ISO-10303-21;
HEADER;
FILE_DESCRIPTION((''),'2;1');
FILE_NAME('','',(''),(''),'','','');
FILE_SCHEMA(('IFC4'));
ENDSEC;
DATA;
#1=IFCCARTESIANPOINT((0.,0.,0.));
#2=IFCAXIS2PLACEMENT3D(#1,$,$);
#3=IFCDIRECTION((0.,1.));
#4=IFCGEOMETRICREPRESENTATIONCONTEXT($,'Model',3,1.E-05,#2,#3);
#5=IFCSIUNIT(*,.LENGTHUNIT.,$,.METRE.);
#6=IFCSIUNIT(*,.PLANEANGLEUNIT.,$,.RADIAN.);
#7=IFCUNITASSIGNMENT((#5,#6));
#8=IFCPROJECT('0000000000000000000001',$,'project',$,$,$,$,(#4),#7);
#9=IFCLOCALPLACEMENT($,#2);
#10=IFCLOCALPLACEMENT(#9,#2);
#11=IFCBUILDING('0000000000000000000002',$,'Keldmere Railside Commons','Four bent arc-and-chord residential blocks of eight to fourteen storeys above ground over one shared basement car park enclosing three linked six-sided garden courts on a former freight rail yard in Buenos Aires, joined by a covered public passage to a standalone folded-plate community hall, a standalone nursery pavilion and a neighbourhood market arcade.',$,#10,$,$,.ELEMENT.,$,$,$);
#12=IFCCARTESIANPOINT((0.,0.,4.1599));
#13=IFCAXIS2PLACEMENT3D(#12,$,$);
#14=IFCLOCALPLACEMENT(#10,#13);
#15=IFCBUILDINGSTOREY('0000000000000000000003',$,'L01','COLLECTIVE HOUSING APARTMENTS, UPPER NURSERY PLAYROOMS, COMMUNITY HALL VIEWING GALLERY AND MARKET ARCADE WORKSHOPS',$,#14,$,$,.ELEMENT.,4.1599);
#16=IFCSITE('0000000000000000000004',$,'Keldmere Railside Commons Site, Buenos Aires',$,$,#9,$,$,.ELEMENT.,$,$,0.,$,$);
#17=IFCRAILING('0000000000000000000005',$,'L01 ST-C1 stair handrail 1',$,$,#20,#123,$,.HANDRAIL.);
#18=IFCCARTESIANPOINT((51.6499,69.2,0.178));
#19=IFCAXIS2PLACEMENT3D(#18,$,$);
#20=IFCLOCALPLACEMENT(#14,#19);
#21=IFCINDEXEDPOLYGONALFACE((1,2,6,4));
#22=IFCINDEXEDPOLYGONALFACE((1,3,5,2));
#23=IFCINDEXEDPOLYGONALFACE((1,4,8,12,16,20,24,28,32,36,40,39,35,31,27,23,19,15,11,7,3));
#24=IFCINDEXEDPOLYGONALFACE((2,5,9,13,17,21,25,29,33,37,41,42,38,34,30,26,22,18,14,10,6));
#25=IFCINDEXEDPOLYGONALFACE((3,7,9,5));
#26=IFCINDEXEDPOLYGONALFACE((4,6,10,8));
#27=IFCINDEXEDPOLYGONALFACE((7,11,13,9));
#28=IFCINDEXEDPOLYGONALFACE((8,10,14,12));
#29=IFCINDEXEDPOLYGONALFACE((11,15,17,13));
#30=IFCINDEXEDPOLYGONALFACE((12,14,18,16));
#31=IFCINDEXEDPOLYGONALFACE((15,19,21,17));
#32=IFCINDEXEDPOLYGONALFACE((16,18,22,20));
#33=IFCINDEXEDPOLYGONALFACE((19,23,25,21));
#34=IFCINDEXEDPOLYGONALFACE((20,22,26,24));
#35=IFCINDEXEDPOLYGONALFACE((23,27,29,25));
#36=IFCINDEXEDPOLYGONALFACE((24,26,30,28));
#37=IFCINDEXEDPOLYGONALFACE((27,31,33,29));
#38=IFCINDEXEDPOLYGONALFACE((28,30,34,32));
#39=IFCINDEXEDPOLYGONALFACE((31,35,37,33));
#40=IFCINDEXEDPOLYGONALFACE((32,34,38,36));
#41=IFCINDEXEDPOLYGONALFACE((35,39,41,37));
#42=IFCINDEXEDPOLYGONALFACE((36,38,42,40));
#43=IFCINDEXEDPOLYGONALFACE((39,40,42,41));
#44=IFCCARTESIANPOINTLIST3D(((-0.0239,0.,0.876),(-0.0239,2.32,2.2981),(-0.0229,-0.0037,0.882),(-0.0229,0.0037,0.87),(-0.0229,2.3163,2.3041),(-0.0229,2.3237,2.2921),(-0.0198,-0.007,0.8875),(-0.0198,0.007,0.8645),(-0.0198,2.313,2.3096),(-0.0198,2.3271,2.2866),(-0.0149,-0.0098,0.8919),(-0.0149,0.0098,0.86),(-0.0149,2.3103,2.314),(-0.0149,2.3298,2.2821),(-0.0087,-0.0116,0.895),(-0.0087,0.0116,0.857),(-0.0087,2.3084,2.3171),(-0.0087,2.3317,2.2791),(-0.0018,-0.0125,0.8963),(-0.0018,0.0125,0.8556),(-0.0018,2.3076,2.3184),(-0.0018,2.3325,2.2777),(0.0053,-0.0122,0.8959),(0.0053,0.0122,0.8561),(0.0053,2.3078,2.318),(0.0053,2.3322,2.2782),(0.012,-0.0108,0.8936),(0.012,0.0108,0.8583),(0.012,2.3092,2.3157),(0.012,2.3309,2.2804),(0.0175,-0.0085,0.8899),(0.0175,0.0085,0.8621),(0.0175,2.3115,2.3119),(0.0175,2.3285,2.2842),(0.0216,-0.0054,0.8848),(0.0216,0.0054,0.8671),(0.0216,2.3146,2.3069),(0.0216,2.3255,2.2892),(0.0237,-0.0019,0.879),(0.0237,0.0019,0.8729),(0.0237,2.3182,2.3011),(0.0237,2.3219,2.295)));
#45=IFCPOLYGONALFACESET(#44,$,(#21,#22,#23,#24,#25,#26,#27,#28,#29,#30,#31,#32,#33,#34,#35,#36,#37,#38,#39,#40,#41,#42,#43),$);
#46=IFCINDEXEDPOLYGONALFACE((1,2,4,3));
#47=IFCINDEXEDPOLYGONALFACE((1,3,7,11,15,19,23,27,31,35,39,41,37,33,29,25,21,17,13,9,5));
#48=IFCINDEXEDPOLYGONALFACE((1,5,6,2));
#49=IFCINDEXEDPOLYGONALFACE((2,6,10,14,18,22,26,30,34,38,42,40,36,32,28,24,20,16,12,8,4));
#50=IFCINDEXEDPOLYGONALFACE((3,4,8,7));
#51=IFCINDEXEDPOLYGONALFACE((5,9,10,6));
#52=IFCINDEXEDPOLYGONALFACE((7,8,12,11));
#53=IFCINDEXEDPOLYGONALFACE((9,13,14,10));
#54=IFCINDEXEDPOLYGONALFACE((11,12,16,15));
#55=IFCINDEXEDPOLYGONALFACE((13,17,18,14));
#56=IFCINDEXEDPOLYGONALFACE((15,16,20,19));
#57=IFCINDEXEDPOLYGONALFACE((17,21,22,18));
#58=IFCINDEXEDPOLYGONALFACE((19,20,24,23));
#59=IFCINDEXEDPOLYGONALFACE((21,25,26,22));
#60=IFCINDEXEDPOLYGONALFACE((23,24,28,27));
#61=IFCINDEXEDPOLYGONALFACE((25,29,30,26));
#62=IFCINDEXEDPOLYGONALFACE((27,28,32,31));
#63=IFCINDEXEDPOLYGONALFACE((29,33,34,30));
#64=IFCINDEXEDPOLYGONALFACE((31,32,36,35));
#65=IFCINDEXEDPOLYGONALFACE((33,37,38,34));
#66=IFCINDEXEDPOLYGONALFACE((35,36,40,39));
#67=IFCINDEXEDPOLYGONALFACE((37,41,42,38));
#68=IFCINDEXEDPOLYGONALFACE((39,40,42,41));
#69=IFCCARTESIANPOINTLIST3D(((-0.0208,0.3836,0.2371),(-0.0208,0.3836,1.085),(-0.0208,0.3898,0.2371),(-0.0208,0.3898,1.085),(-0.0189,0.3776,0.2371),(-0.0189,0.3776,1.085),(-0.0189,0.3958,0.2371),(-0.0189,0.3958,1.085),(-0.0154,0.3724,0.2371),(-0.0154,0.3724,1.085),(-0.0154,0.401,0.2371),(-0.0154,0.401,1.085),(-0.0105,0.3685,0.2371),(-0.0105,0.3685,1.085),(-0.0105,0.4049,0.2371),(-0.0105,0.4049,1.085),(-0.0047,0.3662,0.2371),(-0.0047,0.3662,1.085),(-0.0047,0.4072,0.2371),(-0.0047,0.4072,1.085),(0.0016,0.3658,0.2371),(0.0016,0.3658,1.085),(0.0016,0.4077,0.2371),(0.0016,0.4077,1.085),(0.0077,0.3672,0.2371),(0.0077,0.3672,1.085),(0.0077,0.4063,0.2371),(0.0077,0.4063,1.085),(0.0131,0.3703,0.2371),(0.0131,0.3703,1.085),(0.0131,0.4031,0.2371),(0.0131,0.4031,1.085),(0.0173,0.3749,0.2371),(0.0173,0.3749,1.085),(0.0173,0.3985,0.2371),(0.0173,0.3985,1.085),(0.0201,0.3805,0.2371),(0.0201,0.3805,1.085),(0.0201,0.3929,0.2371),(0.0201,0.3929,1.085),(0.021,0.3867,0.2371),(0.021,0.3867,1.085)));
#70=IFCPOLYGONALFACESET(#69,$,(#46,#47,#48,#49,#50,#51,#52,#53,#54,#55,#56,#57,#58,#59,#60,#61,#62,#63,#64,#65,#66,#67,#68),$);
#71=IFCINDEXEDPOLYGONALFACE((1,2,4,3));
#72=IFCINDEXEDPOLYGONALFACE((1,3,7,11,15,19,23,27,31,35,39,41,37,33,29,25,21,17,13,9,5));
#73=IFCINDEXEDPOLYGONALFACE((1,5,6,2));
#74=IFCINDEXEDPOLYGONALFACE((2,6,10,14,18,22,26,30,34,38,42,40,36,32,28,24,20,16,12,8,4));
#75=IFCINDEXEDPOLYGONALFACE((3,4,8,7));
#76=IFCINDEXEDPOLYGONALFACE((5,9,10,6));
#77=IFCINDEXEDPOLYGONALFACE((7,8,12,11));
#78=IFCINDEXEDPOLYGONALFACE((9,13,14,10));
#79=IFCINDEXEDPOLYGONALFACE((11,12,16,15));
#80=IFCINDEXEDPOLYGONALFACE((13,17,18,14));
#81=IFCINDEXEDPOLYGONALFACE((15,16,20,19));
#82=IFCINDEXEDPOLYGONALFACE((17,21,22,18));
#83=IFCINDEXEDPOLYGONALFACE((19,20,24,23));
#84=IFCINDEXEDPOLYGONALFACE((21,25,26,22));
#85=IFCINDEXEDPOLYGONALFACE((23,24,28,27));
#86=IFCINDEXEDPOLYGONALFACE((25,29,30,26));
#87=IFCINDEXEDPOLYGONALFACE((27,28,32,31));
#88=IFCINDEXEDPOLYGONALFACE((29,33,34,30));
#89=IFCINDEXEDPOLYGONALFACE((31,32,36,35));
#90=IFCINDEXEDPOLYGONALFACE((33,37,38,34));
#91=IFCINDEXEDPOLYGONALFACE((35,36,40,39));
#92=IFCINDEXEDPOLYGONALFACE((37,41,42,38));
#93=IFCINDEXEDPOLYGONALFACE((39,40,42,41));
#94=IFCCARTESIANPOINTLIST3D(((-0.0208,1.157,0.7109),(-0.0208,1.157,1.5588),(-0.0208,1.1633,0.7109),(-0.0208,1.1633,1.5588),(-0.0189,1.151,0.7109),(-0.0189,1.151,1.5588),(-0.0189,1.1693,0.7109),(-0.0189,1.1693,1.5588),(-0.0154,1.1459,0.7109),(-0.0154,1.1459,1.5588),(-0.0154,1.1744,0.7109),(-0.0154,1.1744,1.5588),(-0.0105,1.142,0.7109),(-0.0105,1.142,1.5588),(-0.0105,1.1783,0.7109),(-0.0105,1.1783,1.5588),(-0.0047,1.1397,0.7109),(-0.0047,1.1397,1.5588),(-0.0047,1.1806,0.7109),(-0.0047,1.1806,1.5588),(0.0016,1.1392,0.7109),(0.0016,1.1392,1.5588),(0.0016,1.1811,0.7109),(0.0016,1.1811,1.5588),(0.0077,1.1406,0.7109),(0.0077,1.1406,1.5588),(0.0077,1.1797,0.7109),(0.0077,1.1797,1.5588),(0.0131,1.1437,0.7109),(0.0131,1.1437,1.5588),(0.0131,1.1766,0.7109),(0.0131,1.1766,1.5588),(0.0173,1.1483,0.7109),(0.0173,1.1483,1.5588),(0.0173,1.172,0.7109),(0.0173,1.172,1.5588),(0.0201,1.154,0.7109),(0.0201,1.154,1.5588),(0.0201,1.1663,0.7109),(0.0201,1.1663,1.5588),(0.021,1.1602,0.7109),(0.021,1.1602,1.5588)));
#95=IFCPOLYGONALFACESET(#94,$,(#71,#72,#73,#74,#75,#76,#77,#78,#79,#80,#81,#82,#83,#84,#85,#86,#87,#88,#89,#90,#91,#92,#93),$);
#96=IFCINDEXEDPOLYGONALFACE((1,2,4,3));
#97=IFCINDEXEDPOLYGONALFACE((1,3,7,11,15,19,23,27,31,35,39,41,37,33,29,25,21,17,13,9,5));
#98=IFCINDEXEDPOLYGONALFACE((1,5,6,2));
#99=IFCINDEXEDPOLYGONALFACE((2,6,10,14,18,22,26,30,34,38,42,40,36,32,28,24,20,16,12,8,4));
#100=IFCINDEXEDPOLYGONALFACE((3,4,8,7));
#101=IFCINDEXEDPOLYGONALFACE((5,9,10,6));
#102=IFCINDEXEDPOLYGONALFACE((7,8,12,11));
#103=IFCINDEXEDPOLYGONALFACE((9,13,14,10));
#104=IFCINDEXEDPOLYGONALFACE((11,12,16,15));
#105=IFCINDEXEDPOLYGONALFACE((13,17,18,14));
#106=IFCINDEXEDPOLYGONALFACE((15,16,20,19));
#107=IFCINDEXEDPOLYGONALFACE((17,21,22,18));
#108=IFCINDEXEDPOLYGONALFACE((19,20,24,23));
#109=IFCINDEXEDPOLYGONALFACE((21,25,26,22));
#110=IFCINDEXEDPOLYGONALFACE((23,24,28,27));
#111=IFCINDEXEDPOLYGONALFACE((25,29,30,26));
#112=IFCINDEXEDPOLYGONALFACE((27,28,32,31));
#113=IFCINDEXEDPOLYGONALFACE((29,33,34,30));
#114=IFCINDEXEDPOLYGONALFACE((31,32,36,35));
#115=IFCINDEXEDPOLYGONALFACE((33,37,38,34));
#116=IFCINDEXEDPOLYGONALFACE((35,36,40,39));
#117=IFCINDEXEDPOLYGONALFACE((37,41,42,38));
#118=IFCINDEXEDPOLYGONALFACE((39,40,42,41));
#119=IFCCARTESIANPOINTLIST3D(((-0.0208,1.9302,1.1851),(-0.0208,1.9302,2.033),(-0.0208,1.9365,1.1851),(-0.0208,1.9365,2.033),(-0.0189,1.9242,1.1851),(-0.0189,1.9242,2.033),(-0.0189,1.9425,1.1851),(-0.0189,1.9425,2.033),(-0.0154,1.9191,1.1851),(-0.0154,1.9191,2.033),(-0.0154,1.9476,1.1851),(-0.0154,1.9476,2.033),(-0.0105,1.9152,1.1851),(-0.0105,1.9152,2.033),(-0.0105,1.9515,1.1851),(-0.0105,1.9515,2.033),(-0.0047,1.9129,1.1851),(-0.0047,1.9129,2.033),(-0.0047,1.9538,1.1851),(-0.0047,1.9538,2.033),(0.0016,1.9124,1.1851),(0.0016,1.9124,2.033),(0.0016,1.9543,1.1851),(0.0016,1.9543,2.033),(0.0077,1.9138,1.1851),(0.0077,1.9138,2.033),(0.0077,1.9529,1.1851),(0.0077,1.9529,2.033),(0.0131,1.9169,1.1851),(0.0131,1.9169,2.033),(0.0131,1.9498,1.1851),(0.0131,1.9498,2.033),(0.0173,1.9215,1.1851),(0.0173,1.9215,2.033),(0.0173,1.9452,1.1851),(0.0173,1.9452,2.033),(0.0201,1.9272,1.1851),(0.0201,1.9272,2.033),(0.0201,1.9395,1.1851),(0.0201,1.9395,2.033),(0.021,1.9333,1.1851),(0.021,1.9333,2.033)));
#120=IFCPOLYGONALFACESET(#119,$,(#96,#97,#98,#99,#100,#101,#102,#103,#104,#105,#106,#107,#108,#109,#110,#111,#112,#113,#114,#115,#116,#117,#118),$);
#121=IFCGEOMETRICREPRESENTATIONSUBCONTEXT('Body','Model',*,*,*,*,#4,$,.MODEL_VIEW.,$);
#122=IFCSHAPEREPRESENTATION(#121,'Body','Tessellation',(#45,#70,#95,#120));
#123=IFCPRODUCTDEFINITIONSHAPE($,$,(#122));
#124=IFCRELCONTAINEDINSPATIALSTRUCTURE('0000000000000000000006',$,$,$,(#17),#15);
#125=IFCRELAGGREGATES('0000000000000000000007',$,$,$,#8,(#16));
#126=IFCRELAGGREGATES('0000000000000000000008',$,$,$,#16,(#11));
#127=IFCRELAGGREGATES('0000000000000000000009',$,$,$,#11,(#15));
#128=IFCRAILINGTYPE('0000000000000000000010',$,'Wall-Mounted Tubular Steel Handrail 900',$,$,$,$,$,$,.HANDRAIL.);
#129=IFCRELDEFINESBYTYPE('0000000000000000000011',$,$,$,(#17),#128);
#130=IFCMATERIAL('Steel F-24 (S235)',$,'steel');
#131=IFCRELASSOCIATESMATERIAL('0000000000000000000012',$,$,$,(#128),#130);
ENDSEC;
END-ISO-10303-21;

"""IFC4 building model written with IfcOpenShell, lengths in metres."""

from ifc_helpers import new_model, si_unit, direction, frame, origin, origin_2d, place, context, subcontext, project, spatial, circle, extrude, material, type_object, element, save


model = new_model("IFC4")

# Units and contexts
model_context = context("Model", 3, precision=1e-05, world=origin(), true_north=direction((0.0, 1.0)))
body_context = subcontext(model_context, "Body", "Model", "MODEL_VIEW")
ifc_project = project(units=[si_unit("LENGTHUNIT", "METRE"), si_unit("PLANEANGLEUNIT", "RADIAN")], contexts=[model_context])

# Site, building, storey
site_placement = place(None, origin())
site = spatial("IfcSite", under=ifc_project, at=site_placement, Name="Keldmere Railside Commons Site, Buenos Aires", CompositionType="ELEMENT", RefElevation=0.0)
building_placement = place(site_placement, origin())
building = spatial("IfcBuilding", under=site, at=building_placement, Name="Keldmere Railside Commons", Description="Four bent arc-and-chord residential blocks of eight to fourteen storeys above ground over one shared basement car park enclosing three linked six-sided garden courts on a former freight rail yard in Buenos Aires, joined by a covered public passage to a standalone folded-plate community hall, a standalone nursery pavilion and a neighbourhood market arcade.", CompositionType="ELEMENT")
storey_placement = place(building_placement, frame((0.0, 0.0, 4.1599)))
storey = spatial("IfcBuildingStorey", under=building, at=storey_placement, Name="L01", Description="COLLECTIVE HOUSING APARTMENTS, UPPER NURSERY PLAYROOMS, COMMUNITY HALL VIEWING GALLERY AND MARKET ARCADE WORKSHOPS", CompositionType="ELEMENT", Elevation=4.1599)

# Shared definitions
ifc_material_1 = material(Name="Steel F-24 (S235)", Category="steel")

# Railing
railing_type_1 = type_object("IfcRailingType", Name="Wall-Mounted Tubular Steel Handrail 900", PredefinedType="HANDRAIL", material=ifc_material_1)
railing_1_placement = place(storey_placement, frame((51.6499, 69.2, 0.178)))
element("IfcRailing", 1, at=railing_1_placement, inside=storey, type_object=railing_type_1, Name="L01 ST-C1 stair handrail 1", PredefinedType="HANDRAIL", context=body_context, shape_type="SweptSolid", body=[
    extrude(circle(Radius=0.0239, at=origin_2d()), frame((0.0, 0.0, 0.876), z_axis=(0.0, 0.852578, 0.5226), x_axis=(-1.0, 0.0, 0.0)), (0.0, 0.0, 1.0), 2.7212),
    extrude(circle(Radius=0.021, at=origin_2d()), frame((0.0, 0.3867, 0.2371)), (0.0, 0.0, 1.0), 0.8479),
    extrude(circle(Radius=0.021, at=origin_2d()), frame((0.0, 1.1602, 0.7109)), (0.0, 0.0, 1.0), 0.8479),
    extrude(circle(Radius=0.021, at=origin_2d()), frame((0.0, 1.9333, 1.1851)), (0.0, 0.0, 1.0), 0.8479),
])

save(model, "model.ifc")
